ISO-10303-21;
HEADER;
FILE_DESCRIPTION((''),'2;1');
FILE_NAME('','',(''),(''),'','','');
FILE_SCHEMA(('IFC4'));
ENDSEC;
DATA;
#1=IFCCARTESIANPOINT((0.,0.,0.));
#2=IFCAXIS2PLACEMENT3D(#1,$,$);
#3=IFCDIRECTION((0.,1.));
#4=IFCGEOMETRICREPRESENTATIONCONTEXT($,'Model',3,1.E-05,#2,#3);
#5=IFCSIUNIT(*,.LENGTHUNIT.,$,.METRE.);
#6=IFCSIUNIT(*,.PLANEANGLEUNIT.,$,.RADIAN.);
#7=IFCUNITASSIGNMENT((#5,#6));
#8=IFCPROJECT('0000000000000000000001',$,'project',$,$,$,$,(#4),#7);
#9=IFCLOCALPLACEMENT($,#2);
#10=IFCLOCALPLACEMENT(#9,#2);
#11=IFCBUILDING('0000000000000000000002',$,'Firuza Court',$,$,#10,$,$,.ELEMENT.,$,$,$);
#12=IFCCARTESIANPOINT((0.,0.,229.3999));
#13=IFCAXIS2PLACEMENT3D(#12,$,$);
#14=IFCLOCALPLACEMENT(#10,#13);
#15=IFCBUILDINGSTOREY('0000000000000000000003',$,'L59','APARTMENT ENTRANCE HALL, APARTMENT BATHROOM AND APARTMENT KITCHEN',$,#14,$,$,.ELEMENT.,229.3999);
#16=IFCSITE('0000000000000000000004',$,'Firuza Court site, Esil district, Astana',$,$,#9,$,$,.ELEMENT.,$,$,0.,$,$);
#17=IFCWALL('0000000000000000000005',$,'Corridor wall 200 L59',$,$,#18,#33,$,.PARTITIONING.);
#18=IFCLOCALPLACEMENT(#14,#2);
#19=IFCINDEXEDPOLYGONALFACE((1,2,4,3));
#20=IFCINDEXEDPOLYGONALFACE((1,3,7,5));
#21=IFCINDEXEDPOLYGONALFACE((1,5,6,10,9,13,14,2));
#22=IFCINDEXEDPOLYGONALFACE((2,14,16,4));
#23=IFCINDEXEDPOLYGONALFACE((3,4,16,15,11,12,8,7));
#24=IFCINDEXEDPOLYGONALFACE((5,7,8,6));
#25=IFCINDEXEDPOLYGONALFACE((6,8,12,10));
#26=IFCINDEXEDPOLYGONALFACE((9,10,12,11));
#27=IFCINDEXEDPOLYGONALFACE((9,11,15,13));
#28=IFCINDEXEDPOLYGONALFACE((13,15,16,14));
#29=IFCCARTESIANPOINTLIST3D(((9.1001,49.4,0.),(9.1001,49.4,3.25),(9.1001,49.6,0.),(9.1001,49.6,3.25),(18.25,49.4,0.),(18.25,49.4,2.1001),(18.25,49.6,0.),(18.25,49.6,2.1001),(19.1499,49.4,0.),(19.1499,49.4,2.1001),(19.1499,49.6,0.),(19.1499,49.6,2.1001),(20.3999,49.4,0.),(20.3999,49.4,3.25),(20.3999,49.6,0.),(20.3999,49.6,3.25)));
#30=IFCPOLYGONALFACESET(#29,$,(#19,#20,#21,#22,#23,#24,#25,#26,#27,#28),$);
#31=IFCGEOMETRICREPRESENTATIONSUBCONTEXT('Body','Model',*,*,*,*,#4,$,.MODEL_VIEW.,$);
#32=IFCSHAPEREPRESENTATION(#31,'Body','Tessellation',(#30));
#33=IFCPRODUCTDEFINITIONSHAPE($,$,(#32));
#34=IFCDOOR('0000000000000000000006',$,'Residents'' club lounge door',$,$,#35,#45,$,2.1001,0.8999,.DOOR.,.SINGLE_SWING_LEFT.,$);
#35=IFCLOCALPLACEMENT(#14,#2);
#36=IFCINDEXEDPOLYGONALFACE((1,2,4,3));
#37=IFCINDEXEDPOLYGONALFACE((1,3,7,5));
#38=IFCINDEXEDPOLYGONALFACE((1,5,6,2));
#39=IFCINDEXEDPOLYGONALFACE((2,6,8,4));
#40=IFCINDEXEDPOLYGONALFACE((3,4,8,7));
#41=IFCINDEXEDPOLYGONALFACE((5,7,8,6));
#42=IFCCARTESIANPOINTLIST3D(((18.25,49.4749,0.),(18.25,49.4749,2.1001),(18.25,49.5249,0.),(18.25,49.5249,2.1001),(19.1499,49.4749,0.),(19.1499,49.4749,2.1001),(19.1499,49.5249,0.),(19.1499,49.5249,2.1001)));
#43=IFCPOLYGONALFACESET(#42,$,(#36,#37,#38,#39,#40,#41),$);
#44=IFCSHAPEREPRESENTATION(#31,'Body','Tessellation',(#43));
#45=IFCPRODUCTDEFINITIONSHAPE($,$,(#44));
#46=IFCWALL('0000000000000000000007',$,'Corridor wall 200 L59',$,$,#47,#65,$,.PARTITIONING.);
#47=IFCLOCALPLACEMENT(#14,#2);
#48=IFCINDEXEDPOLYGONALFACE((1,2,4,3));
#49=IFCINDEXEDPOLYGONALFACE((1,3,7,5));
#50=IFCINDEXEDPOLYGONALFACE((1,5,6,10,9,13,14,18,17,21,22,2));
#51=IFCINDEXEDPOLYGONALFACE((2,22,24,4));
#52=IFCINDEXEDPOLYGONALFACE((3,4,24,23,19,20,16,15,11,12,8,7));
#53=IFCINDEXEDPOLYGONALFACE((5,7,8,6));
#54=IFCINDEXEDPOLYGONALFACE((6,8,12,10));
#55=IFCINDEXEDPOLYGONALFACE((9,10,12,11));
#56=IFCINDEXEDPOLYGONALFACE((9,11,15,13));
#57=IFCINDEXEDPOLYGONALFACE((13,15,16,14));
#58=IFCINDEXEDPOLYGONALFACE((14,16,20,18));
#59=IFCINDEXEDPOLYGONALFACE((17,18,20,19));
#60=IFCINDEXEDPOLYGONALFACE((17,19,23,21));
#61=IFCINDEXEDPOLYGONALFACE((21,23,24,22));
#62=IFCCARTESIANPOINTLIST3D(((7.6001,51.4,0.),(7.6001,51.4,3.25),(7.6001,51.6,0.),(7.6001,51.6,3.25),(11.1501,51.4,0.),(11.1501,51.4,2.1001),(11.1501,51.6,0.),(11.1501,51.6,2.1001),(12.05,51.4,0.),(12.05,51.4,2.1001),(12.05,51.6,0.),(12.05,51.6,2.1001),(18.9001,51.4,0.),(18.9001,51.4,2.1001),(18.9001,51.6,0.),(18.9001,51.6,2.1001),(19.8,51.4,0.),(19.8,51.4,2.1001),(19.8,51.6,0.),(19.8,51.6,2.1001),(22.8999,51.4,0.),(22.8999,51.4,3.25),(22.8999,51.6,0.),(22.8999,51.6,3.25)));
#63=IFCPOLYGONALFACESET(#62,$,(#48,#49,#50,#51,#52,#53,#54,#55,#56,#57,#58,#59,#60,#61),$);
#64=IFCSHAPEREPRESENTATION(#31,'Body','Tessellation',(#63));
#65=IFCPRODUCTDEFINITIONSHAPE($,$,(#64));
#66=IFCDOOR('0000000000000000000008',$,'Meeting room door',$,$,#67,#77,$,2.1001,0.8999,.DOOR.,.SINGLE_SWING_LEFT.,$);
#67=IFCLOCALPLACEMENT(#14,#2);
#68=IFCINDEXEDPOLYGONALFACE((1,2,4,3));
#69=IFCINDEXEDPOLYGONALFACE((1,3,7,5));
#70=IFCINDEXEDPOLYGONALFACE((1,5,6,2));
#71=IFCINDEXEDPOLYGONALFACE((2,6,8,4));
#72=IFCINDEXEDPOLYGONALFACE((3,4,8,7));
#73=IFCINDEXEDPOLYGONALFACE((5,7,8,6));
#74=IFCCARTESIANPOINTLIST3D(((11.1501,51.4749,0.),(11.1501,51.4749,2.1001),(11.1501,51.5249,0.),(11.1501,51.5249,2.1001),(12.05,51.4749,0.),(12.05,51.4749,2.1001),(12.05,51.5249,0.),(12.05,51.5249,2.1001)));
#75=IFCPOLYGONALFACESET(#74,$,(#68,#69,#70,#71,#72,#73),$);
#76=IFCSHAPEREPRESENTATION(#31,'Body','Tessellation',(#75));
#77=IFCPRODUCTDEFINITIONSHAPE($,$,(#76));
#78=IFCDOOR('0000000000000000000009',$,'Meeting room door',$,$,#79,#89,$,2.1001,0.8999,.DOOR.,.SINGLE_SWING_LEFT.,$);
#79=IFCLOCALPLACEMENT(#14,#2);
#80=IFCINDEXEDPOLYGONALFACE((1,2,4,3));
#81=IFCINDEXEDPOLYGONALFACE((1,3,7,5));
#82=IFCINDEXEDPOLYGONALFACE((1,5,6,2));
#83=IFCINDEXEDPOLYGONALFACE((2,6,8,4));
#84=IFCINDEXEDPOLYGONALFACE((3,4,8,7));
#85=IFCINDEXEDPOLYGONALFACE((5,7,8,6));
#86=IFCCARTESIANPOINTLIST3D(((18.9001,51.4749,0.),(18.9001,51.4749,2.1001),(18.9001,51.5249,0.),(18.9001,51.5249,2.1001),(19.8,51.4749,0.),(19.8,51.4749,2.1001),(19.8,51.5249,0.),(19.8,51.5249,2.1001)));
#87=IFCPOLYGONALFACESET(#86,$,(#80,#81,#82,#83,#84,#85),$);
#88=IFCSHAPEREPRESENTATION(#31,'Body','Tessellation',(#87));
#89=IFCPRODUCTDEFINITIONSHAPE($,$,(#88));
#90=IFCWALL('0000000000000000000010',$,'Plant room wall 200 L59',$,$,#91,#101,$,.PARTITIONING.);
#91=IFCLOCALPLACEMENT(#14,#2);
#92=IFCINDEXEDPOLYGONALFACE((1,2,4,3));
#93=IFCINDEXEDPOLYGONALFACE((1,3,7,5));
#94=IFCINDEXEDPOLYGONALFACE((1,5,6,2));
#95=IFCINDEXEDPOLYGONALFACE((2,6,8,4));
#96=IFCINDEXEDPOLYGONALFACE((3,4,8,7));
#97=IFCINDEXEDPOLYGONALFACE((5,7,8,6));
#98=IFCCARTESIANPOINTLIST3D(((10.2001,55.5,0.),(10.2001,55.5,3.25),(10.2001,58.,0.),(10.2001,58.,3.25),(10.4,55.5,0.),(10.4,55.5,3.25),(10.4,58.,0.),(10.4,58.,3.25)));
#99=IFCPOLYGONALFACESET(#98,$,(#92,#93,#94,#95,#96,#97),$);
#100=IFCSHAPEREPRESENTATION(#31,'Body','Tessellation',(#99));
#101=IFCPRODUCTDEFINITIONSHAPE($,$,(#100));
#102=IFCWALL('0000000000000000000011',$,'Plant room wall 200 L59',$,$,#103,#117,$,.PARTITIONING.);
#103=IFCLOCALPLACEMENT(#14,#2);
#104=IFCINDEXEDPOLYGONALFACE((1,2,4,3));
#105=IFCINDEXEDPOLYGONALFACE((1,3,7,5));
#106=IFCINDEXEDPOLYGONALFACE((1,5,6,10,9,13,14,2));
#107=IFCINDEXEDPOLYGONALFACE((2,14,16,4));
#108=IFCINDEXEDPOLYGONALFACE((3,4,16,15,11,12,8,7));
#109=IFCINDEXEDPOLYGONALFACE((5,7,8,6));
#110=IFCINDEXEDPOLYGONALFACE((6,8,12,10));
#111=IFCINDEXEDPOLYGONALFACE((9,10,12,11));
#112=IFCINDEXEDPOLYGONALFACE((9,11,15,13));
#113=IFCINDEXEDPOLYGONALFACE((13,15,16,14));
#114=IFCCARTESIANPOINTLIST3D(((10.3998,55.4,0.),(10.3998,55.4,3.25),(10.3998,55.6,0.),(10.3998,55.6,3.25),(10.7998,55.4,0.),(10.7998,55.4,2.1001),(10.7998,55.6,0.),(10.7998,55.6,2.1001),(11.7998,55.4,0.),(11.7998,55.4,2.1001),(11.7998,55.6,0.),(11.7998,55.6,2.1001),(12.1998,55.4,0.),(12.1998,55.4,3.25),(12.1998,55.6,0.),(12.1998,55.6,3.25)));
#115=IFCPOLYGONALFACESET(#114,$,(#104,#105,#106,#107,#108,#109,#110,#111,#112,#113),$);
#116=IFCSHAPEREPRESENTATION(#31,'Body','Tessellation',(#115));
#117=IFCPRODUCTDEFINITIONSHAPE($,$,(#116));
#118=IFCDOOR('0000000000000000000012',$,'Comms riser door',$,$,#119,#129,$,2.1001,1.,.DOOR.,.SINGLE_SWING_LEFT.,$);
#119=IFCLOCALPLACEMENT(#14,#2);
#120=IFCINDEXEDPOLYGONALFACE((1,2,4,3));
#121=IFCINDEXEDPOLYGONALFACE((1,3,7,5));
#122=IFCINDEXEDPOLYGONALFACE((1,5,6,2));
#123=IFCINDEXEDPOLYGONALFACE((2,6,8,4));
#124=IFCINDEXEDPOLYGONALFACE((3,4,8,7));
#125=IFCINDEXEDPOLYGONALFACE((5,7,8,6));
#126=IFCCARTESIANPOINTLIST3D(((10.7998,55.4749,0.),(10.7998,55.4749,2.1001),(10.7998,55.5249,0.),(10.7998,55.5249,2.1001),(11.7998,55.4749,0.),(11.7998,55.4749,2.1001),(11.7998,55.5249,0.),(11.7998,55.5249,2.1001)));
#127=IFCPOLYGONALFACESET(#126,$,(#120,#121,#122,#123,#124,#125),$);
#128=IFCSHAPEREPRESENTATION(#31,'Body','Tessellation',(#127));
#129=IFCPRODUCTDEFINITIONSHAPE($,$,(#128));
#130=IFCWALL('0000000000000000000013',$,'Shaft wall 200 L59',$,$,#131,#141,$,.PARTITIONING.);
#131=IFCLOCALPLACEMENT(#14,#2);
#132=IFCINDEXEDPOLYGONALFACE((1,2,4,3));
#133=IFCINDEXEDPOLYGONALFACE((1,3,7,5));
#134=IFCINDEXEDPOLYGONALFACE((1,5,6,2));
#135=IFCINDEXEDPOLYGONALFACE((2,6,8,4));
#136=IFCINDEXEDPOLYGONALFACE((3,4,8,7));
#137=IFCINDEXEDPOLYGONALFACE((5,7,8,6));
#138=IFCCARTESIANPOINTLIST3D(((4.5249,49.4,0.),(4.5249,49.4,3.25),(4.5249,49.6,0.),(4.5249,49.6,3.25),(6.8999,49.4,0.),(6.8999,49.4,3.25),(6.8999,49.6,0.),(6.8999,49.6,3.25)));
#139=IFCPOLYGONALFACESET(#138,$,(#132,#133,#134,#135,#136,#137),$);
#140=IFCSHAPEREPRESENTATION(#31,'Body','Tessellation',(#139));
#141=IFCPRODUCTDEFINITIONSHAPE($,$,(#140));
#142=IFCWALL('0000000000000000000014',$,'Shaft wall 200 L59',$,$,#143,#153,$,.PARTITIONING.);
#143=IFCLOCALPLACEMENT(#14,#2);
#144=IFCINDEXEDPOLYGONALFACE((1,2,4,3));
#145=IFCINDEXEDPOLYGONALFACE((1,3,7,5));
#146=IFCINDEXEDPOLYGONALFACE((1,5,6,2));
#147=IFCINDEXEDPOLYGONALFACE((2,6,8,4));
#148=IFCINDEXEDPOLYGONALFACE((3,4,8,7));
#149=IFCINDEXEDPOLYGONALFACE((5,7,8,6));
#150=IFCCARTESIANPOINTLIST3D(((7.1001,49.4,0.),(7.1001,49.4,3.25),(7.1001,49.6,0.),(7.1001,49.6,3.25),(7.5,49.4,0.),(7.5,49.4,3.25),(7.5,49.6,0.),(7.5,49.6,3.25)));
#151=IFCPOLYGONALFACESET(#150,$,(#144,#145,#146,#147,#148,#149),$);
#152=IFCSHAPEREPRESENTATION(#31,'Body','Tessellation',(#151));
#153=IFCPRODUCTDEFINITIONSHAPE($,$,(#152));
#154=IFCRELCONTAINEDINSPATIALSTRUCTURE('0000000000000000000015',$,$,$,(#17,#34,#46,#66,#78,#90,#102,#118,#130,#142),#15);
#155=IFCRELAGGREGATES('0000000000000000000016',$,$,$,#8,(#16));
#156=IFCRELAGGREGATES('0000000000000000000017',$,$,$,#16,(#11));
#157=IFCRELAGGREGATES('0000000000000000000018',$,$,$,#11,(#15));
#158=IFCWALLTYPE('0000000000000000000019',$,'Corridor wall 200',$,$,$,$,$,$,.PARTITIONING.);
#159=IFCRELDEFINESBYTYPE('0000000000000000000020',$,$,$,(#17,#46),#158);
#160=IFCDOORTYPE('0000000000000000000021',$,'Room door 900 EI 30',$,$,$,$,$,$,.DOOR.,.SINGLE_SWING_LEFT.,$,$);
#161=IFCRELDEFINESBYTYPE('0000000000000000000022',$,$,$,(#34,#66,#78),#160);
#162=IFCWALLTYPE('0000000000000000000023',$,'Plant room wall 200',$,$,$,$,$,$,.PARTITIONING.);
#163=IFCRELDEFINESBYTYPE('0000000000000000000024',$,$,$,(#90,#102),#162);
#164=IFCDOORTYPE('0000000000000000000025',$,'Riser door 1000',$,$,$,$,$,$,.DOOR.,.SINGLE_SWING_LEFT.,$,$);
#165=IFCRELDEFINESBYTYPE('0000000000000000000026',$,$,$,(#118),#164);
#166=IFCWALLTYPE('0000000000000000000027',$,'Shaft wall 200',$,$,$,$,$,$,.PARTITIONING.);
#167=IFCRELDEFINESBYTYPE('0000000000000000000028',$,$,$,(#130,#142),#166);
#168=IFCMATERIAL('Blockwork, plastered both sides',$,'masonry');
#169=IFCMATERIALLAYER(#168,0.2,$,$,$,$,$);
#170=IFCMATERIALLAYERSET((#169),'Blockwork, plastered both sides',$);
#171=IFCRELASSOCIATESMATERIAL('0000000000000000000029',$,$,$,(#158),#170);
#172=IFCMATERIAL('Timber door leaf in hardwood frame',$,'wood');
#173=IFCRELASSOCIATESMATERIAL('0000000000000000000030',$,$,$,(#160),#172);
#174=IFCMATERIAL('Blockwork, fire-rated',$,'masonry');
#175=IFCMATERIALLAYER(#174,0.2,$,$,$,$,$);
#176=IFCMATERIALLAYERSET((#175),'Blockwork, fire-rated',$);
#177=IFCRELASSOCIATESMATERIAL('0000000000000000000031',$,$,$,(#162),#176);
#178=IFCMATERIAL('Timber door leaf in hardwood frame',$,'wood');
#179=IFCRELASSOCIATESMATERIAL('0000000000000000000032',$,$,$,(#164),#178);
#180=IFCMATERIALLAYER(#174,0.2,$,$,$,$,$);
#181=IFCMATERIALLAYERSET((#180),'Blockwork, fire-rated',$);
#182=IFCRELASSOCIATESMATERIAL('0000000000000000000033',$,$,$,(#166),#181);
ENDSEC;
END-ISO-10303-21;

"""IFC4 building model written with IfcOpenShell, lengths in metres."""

from ifc_helpers import new_model, si_unit, direction, frame, frame_2d, origin, place, context, subcontext, project, spatial, rectangle, extrude, material, layer, layer_set, type_object, element, fill, save


model = new_model("IFC4")

# Units and contexts
model_context = context("Model", 3, precision=1e-05, world=origin(), true_north=direction((0.0, 1.0)))
body_context = subcontext(model_context, "Body", "Model", "MODEL_VIEW")
ifc_project = project(units=[si_unit("LENGTHUNIT", "METRE"), si_unit("PLANEANGLEUNIT", "RADIAN")], contexts=[model_context])

# Site, building, storey
site_placement = place(None, origin())
site = spatial("IfcSite", under=ifc_project, at=site_placement, Name="Firuza Court site, Esil district, Astana", CompositionType="ELEMENT", RefElevation=0.0)
building_placement = place(site_placement, origin())
building = spatial("IfcBuilding", under=site, at=building_placement, Name="Firuza Court", CompositionType="ELEMENT")
storey_placement = place(building_placement, frame((0.0, 0.0, 229.3999)))
storey = spatial("IfcBuildingStorey", under=building, at=storey_placement, Name="L59", Description="APARTMENT ENTRANCE HALL, APARTMENT BATHROOM AND APARTMENT KITCHEN", CompositionType="ELEMENT", Elevation=229.3999)

# Wall, opening, door
ifc_material_1 = material(Name="Blockwork, plastered both sides", Category="masonry")
ifc_layer_1 = layer(ifc_material_1, 0.2)
ifc_layer_set_1 = layer_set([ifc_layer_1], Name="Blockwork, plastered both sides")
wall_type_1 = type_object("IfcWallType", Name="Corridor wall 200", PredefinedType="PARTITIONING", material=ifc_layer_set_1)
wall_1_placement = place(storey_placement, frame((9.1001, 49.5, 0.0), z_axis=(0.0, 0.0, 1.0), x_axis=(1.0, 0.0, 0.0)))
wall_1 = element("IfcWall", 1, at=wall_1_placement, inside=storey, type_object=wall_type_1, Name="Corridor wall 200 L59", PredefinedType="PARTITIONING", context=body_context, shape_type="SweptSolid", body=[
    extrude(rectangle(XDim=11.2998, YDim=0.2, at=frame_2d((5.6499, 0.0))), origin(), (0.0, 0.0, 1.0), 3.25),
])
opening_1_placement = place(wall_1_placement, frame((9.1499, 0.0, 0.0)))
opening_1 = element("IfcOpeningElement", 2, at=opening_1_placement, cuts=wall_1, PredefinedType="OPENING", context=body_context, shape_type="SweptSolid", body=[
    extrude(rectangle(XDim=0.8999, YDim=2.1001, at=frame_2d((0.45, 1.05))), frame((0.0, 0.1118, 0.0), z_axis=(0.0, -1.0, 0.0), x_axis=(1.0, 0.0, 0.0)), (0.0, 0.0, 1.0), 0.2239),
])
ifc_material_2 = material(Name="Timber door leaf in hardwood frame", Category="wood")
door_type_1 = type_object("IfcDoorType", Name="Room door 900 EI 30", OperationType="SINGLE_SWING_LEFT", PredefinedType="DOOR", material=ifc_material_2)
door_1_placement = place(opening_1_placement, origin())
door_1 = element("IfcDoor", 3, at=door_1_placement, inside=storey, type_object=door_type_1, Name="Residents' club lounge door", OperationType="SINGLE_SWING_LEFT", OverallHeight=2.1001, OverallWidth=0.8999, PredefinedType="DOOR", context=body_context, shape_type="SweptSolid", body=[
    extrude(rectangle(XDim=0.8999, YDim=2.1001, at=frame_2d((0.45, 1.05))), frame((0.0, 0.0249, 0.0), z_axis=(0.0, -1.0, 0.0), x_axis=(1.0, 0.0, 0.0)), (0.0, 0.0, 1.0), 0.05),
])
fill(opening_1, door_1)

# Wall, openings, doors
wall_2_placement = place(storey_placement, frame((7.6001, 51.5, 0.0), z_axis=(0.0, 0.0, 1.0), x_axis=(1.0, 0.0, 0.0)))
wall_2 = element("IfcWall", 4, at=wall_2_placement, inside=storey, type_object=wall_type_1, Name="Corridor wall 200 L59", PredefinedType="PARTITIONING", context=body_context, shape_type="SweptSolid", body=[
    extrude(rectangle(XDim=15.2998, YDim=0.2, at=frame_2d((7.6499, 0.0))), origin(), (0.0, 0.0, 1.0), 3.25),
])
opening_2_placement = place(wall_2_placement, frame((3.55, 0.0, 0.0)))
opening_2 = element("IfcOpeningElement", 5, at=opening_2_placement, cuts=wall_2, PredefinedType="OPENING", context=body_context, shape_type="SweptSolid", body=[
    extrude(rectangle(XDim=0.8999, YDim=2.1001, at=frame_2d((0.45, 1.05))), frame((0.0, 0.1118, 0.0), z_axis=(0.0, -1.0, 0.0), x_axis=(1.0, 0.0, 0.0)), (0.0, 0.0, 1.0), 0.2239),
])
opening_3_placement = place(wall_2_placement, frame((11.3, 0.0, 0.0)))
opening_3 = element("IfcOpeningElement", 6, at=opening_3_placement, cuts=wall_2, PredefinedType="OPENING", context=body_context, shape_type="SweptSolid", body=[
    extrude(rectangle(XDim=0.8999, YDim=2.1001, at=frame_2d((0.45, 1.05))), frame((0.0, 0.1118, 0.0), z_axis=(0.0, -1.0, 0.0), x_axis=(1.0, 0.0, 0.0)), (0.0, 0.0, 1.0), 0.2239),
])
door_2_placement = place(opening_2_placement, origin())
door_2 = element("IfcDoor", 7, at=door_2_placement, inside=storey, type_object=door_type_1, Name="Meeting room door", OperationType="SINGLE_SWING_LEFT", OverallHeight=2.1001, OverallWidth=0.8999, PredefinedType="DOOR", context=body_context, shape_type="SweptSolid", body=[
    extrude(rectangle(XDim=0.8999, YDim=2.1001, at=frame_2d((0.45, 1.05))), frame((0.0, 0.0249, 0.0), z_axis=(0.0, -1.0, 0.0), x_axis=(1.0, 0.0, 0.0)), (0.0, 0.0, 1.0), 0.05),
])
fill(opening_2, door_2)
door_3_placement = place(opening_3_placement, origin())
door_3 = element("IfcDoor", 8, at=door_3_placement, inside=storey, type_object=door_type_1, Name="Meeting room door", OperationType="SINGLE_SWING_LEFT", OverallHeight=2.1001, OverallWidth=0.8999, PredefinedType="DOOR", context=body_context, shape_type="SweptSolid", body=[
    extrude(rectangle(XDim=0.8999, YDim=2.1001, at=frame_2d((0.45, 1.05))), frame((0.0, 0.0249, 0.0), z_axis=(0.0, -1.0, 0.0), x_axis=(1.0, 0.0, 0.0)), (0.0, 0.0, 1.0), 0.05),
])
fill(opening_3, door_3)

# Wall
ifc_material_3 = material(Name="Blockwork, fire-rated", Category="masonry")
ifc_layer_2 = layer(ifc_material_3, 0.2)
ifc_layer_set_2 = layer_set([ifc_layer_2], Name="Blockwork, fire-rated")
wall_type_2 = type_object("IfcWallType", Name="Plant room wall 200", PredefinedType="PARTITIONING", material=ifc_layer_set_2)
wall_3_placement = place(storey_placement, frame((10.3, 55.5, 0.0), z_axis=(0.0, 0.0, 1.0), x_axis=(0.0, 1.0, 0.0)))
element("IfcWall", 9, at=wall_3_placement, inside=storey, type_object=wall_type_2, Name="Plant room wall 200 L59", PredefinedType="PARTITIONING", context=body_context, shape_type="SweptSolid", body=[
    extrude(rectangle(XDim=2.5, YDim=0.2, at=frame_2d((1.25, 0.0))), origin(), (0.0, 0.0, 1.0), 3.25),
])

# Wall, opening, door
wall_4_placement = place(storey_placement, frame((10.3999, 55.5, 0.0), z_axis=(0.0, 0.0, 1.0), x_axis=(1.0, 0.0, 0.0)))
wall_4 = element("IfcWall", 10, at=wall_4_placement, inside=storey, type_object=wall_type_2, Name="Plant room wall 200 L59", PredefinedType="PARTITIONING", context=body_context, shape_type="SweptSolid", body=[
    extrude(rectangle(XDim=1.8, YDim=0.2, at=frame_2d((0.8999, 0.0))), origin(), (0.0, 0.0, 1.0), 3.25),
])
opening_4_placement = place(wall_4_placement, frame((0.3999, 0.0, 0.0)))
opening_4 = element("IfcOpeningElement", 11, at=opening_4_placement, cuts=wall_4, PredefinedType="OPENING", context=body_context, shape_type="SweptSolid", body=[
    extrude(rectangle(XDim=1.0, YDim=2.1001, at=frame_2d((0.5, 1.05))), frame((0.0, 0.1118, 0.0), z_axis=(0.0, -1.0, 0.0), x_axis=(1.0, 0.0, 0.0)), (0.0, 0.0, 1.0), 0.2239),
])
ifc_material_4 = material(Name="Timber door leaf in hardwood frame", Category="wood")
door_type_2 = type_object("IfcDoorType", Name="Riser door 1000", OperationType="SINGLE_SWING_LEFT", PredefinedType="DOOR", material=ifc_material_4)
door_4_placement = place(opening_4_placement, origin())
door_4 = element("IfcDoor", 12, at=door_4_placement, inside=storey, type_object=door_type_2, Name="Comms riser door", OperationType="SINGLE_SWING_LEFT", OverallHeight=2.1001, OverallWidth=1.0, PredefinedType="DOOR", context=body_context, shape_type="SweptSolid", body=[
    extrude(rectangle(XDim=1.0, YDim=2.1001, at=frame_2d((0.5, 1.05))), frame((0.0, 0.0249, 0.0), z_axis=(0.0, -1.0, 0.0), x_axis=(1.0, 0.0, 0.0)), (0.0, 0.0, 1.0), 0.05),
])
fill(opening_4, door_4)

# Walls
ifc_layer_3 = layer(ifc_material_3, 0.2)
ifc_layer_set_3 = layer_set([ifc_layer_3], Name="Blockwork, fire-rated")
wall_type_3 = type_object("IfcWallType", Name="Shaft wall 200", PredefinedType="PARTITIONING", material=ifc_layer_set_3)
wall_5_placement = place(storey_placement, frame((4.5249, 49.5, 0.0), z_axis=(0.0, 0.0, 1.0), x_axis=(1.0, 0.0, 0.0)))
element("IfcWall", 13, at=wall_5_placement, inside=storey, type_object=wall_type_3, Name="Shaft wall 200 L59", PredefinedType="PARTITIONING", context=body_context, shape_type="SweptSolid", body=[
    extrude(rectangle(XDim=2.375, YDim=0.2, at=frame_2d((1.1875, 0.0))), origin(), (0.0, 0.0, 1.0), 3.25),
])
wall_6_placement = place(storey_placement, frame((7.1001, 49.5, 0.0), z_axis=(0.0, 0.0, 1.0), x_axis=(1.0, 0.0, 0.0)))
element("IfcWall", 14, at=wall_6_placement, inside=storey, type_object=wall_type_3, Name="Shaft wall 200 L59", PredefinedType="PARTITIONING", context=body_context, shape_type="SweptSolid", body=[
    extrude(rectangle(XDim=0.3999, YDim=0.2, at=frame_2d((0.2, 0.0))), origin(), (0.0, 0.0, 1.0), 3.25),
])

save(model, "model.ifc")
